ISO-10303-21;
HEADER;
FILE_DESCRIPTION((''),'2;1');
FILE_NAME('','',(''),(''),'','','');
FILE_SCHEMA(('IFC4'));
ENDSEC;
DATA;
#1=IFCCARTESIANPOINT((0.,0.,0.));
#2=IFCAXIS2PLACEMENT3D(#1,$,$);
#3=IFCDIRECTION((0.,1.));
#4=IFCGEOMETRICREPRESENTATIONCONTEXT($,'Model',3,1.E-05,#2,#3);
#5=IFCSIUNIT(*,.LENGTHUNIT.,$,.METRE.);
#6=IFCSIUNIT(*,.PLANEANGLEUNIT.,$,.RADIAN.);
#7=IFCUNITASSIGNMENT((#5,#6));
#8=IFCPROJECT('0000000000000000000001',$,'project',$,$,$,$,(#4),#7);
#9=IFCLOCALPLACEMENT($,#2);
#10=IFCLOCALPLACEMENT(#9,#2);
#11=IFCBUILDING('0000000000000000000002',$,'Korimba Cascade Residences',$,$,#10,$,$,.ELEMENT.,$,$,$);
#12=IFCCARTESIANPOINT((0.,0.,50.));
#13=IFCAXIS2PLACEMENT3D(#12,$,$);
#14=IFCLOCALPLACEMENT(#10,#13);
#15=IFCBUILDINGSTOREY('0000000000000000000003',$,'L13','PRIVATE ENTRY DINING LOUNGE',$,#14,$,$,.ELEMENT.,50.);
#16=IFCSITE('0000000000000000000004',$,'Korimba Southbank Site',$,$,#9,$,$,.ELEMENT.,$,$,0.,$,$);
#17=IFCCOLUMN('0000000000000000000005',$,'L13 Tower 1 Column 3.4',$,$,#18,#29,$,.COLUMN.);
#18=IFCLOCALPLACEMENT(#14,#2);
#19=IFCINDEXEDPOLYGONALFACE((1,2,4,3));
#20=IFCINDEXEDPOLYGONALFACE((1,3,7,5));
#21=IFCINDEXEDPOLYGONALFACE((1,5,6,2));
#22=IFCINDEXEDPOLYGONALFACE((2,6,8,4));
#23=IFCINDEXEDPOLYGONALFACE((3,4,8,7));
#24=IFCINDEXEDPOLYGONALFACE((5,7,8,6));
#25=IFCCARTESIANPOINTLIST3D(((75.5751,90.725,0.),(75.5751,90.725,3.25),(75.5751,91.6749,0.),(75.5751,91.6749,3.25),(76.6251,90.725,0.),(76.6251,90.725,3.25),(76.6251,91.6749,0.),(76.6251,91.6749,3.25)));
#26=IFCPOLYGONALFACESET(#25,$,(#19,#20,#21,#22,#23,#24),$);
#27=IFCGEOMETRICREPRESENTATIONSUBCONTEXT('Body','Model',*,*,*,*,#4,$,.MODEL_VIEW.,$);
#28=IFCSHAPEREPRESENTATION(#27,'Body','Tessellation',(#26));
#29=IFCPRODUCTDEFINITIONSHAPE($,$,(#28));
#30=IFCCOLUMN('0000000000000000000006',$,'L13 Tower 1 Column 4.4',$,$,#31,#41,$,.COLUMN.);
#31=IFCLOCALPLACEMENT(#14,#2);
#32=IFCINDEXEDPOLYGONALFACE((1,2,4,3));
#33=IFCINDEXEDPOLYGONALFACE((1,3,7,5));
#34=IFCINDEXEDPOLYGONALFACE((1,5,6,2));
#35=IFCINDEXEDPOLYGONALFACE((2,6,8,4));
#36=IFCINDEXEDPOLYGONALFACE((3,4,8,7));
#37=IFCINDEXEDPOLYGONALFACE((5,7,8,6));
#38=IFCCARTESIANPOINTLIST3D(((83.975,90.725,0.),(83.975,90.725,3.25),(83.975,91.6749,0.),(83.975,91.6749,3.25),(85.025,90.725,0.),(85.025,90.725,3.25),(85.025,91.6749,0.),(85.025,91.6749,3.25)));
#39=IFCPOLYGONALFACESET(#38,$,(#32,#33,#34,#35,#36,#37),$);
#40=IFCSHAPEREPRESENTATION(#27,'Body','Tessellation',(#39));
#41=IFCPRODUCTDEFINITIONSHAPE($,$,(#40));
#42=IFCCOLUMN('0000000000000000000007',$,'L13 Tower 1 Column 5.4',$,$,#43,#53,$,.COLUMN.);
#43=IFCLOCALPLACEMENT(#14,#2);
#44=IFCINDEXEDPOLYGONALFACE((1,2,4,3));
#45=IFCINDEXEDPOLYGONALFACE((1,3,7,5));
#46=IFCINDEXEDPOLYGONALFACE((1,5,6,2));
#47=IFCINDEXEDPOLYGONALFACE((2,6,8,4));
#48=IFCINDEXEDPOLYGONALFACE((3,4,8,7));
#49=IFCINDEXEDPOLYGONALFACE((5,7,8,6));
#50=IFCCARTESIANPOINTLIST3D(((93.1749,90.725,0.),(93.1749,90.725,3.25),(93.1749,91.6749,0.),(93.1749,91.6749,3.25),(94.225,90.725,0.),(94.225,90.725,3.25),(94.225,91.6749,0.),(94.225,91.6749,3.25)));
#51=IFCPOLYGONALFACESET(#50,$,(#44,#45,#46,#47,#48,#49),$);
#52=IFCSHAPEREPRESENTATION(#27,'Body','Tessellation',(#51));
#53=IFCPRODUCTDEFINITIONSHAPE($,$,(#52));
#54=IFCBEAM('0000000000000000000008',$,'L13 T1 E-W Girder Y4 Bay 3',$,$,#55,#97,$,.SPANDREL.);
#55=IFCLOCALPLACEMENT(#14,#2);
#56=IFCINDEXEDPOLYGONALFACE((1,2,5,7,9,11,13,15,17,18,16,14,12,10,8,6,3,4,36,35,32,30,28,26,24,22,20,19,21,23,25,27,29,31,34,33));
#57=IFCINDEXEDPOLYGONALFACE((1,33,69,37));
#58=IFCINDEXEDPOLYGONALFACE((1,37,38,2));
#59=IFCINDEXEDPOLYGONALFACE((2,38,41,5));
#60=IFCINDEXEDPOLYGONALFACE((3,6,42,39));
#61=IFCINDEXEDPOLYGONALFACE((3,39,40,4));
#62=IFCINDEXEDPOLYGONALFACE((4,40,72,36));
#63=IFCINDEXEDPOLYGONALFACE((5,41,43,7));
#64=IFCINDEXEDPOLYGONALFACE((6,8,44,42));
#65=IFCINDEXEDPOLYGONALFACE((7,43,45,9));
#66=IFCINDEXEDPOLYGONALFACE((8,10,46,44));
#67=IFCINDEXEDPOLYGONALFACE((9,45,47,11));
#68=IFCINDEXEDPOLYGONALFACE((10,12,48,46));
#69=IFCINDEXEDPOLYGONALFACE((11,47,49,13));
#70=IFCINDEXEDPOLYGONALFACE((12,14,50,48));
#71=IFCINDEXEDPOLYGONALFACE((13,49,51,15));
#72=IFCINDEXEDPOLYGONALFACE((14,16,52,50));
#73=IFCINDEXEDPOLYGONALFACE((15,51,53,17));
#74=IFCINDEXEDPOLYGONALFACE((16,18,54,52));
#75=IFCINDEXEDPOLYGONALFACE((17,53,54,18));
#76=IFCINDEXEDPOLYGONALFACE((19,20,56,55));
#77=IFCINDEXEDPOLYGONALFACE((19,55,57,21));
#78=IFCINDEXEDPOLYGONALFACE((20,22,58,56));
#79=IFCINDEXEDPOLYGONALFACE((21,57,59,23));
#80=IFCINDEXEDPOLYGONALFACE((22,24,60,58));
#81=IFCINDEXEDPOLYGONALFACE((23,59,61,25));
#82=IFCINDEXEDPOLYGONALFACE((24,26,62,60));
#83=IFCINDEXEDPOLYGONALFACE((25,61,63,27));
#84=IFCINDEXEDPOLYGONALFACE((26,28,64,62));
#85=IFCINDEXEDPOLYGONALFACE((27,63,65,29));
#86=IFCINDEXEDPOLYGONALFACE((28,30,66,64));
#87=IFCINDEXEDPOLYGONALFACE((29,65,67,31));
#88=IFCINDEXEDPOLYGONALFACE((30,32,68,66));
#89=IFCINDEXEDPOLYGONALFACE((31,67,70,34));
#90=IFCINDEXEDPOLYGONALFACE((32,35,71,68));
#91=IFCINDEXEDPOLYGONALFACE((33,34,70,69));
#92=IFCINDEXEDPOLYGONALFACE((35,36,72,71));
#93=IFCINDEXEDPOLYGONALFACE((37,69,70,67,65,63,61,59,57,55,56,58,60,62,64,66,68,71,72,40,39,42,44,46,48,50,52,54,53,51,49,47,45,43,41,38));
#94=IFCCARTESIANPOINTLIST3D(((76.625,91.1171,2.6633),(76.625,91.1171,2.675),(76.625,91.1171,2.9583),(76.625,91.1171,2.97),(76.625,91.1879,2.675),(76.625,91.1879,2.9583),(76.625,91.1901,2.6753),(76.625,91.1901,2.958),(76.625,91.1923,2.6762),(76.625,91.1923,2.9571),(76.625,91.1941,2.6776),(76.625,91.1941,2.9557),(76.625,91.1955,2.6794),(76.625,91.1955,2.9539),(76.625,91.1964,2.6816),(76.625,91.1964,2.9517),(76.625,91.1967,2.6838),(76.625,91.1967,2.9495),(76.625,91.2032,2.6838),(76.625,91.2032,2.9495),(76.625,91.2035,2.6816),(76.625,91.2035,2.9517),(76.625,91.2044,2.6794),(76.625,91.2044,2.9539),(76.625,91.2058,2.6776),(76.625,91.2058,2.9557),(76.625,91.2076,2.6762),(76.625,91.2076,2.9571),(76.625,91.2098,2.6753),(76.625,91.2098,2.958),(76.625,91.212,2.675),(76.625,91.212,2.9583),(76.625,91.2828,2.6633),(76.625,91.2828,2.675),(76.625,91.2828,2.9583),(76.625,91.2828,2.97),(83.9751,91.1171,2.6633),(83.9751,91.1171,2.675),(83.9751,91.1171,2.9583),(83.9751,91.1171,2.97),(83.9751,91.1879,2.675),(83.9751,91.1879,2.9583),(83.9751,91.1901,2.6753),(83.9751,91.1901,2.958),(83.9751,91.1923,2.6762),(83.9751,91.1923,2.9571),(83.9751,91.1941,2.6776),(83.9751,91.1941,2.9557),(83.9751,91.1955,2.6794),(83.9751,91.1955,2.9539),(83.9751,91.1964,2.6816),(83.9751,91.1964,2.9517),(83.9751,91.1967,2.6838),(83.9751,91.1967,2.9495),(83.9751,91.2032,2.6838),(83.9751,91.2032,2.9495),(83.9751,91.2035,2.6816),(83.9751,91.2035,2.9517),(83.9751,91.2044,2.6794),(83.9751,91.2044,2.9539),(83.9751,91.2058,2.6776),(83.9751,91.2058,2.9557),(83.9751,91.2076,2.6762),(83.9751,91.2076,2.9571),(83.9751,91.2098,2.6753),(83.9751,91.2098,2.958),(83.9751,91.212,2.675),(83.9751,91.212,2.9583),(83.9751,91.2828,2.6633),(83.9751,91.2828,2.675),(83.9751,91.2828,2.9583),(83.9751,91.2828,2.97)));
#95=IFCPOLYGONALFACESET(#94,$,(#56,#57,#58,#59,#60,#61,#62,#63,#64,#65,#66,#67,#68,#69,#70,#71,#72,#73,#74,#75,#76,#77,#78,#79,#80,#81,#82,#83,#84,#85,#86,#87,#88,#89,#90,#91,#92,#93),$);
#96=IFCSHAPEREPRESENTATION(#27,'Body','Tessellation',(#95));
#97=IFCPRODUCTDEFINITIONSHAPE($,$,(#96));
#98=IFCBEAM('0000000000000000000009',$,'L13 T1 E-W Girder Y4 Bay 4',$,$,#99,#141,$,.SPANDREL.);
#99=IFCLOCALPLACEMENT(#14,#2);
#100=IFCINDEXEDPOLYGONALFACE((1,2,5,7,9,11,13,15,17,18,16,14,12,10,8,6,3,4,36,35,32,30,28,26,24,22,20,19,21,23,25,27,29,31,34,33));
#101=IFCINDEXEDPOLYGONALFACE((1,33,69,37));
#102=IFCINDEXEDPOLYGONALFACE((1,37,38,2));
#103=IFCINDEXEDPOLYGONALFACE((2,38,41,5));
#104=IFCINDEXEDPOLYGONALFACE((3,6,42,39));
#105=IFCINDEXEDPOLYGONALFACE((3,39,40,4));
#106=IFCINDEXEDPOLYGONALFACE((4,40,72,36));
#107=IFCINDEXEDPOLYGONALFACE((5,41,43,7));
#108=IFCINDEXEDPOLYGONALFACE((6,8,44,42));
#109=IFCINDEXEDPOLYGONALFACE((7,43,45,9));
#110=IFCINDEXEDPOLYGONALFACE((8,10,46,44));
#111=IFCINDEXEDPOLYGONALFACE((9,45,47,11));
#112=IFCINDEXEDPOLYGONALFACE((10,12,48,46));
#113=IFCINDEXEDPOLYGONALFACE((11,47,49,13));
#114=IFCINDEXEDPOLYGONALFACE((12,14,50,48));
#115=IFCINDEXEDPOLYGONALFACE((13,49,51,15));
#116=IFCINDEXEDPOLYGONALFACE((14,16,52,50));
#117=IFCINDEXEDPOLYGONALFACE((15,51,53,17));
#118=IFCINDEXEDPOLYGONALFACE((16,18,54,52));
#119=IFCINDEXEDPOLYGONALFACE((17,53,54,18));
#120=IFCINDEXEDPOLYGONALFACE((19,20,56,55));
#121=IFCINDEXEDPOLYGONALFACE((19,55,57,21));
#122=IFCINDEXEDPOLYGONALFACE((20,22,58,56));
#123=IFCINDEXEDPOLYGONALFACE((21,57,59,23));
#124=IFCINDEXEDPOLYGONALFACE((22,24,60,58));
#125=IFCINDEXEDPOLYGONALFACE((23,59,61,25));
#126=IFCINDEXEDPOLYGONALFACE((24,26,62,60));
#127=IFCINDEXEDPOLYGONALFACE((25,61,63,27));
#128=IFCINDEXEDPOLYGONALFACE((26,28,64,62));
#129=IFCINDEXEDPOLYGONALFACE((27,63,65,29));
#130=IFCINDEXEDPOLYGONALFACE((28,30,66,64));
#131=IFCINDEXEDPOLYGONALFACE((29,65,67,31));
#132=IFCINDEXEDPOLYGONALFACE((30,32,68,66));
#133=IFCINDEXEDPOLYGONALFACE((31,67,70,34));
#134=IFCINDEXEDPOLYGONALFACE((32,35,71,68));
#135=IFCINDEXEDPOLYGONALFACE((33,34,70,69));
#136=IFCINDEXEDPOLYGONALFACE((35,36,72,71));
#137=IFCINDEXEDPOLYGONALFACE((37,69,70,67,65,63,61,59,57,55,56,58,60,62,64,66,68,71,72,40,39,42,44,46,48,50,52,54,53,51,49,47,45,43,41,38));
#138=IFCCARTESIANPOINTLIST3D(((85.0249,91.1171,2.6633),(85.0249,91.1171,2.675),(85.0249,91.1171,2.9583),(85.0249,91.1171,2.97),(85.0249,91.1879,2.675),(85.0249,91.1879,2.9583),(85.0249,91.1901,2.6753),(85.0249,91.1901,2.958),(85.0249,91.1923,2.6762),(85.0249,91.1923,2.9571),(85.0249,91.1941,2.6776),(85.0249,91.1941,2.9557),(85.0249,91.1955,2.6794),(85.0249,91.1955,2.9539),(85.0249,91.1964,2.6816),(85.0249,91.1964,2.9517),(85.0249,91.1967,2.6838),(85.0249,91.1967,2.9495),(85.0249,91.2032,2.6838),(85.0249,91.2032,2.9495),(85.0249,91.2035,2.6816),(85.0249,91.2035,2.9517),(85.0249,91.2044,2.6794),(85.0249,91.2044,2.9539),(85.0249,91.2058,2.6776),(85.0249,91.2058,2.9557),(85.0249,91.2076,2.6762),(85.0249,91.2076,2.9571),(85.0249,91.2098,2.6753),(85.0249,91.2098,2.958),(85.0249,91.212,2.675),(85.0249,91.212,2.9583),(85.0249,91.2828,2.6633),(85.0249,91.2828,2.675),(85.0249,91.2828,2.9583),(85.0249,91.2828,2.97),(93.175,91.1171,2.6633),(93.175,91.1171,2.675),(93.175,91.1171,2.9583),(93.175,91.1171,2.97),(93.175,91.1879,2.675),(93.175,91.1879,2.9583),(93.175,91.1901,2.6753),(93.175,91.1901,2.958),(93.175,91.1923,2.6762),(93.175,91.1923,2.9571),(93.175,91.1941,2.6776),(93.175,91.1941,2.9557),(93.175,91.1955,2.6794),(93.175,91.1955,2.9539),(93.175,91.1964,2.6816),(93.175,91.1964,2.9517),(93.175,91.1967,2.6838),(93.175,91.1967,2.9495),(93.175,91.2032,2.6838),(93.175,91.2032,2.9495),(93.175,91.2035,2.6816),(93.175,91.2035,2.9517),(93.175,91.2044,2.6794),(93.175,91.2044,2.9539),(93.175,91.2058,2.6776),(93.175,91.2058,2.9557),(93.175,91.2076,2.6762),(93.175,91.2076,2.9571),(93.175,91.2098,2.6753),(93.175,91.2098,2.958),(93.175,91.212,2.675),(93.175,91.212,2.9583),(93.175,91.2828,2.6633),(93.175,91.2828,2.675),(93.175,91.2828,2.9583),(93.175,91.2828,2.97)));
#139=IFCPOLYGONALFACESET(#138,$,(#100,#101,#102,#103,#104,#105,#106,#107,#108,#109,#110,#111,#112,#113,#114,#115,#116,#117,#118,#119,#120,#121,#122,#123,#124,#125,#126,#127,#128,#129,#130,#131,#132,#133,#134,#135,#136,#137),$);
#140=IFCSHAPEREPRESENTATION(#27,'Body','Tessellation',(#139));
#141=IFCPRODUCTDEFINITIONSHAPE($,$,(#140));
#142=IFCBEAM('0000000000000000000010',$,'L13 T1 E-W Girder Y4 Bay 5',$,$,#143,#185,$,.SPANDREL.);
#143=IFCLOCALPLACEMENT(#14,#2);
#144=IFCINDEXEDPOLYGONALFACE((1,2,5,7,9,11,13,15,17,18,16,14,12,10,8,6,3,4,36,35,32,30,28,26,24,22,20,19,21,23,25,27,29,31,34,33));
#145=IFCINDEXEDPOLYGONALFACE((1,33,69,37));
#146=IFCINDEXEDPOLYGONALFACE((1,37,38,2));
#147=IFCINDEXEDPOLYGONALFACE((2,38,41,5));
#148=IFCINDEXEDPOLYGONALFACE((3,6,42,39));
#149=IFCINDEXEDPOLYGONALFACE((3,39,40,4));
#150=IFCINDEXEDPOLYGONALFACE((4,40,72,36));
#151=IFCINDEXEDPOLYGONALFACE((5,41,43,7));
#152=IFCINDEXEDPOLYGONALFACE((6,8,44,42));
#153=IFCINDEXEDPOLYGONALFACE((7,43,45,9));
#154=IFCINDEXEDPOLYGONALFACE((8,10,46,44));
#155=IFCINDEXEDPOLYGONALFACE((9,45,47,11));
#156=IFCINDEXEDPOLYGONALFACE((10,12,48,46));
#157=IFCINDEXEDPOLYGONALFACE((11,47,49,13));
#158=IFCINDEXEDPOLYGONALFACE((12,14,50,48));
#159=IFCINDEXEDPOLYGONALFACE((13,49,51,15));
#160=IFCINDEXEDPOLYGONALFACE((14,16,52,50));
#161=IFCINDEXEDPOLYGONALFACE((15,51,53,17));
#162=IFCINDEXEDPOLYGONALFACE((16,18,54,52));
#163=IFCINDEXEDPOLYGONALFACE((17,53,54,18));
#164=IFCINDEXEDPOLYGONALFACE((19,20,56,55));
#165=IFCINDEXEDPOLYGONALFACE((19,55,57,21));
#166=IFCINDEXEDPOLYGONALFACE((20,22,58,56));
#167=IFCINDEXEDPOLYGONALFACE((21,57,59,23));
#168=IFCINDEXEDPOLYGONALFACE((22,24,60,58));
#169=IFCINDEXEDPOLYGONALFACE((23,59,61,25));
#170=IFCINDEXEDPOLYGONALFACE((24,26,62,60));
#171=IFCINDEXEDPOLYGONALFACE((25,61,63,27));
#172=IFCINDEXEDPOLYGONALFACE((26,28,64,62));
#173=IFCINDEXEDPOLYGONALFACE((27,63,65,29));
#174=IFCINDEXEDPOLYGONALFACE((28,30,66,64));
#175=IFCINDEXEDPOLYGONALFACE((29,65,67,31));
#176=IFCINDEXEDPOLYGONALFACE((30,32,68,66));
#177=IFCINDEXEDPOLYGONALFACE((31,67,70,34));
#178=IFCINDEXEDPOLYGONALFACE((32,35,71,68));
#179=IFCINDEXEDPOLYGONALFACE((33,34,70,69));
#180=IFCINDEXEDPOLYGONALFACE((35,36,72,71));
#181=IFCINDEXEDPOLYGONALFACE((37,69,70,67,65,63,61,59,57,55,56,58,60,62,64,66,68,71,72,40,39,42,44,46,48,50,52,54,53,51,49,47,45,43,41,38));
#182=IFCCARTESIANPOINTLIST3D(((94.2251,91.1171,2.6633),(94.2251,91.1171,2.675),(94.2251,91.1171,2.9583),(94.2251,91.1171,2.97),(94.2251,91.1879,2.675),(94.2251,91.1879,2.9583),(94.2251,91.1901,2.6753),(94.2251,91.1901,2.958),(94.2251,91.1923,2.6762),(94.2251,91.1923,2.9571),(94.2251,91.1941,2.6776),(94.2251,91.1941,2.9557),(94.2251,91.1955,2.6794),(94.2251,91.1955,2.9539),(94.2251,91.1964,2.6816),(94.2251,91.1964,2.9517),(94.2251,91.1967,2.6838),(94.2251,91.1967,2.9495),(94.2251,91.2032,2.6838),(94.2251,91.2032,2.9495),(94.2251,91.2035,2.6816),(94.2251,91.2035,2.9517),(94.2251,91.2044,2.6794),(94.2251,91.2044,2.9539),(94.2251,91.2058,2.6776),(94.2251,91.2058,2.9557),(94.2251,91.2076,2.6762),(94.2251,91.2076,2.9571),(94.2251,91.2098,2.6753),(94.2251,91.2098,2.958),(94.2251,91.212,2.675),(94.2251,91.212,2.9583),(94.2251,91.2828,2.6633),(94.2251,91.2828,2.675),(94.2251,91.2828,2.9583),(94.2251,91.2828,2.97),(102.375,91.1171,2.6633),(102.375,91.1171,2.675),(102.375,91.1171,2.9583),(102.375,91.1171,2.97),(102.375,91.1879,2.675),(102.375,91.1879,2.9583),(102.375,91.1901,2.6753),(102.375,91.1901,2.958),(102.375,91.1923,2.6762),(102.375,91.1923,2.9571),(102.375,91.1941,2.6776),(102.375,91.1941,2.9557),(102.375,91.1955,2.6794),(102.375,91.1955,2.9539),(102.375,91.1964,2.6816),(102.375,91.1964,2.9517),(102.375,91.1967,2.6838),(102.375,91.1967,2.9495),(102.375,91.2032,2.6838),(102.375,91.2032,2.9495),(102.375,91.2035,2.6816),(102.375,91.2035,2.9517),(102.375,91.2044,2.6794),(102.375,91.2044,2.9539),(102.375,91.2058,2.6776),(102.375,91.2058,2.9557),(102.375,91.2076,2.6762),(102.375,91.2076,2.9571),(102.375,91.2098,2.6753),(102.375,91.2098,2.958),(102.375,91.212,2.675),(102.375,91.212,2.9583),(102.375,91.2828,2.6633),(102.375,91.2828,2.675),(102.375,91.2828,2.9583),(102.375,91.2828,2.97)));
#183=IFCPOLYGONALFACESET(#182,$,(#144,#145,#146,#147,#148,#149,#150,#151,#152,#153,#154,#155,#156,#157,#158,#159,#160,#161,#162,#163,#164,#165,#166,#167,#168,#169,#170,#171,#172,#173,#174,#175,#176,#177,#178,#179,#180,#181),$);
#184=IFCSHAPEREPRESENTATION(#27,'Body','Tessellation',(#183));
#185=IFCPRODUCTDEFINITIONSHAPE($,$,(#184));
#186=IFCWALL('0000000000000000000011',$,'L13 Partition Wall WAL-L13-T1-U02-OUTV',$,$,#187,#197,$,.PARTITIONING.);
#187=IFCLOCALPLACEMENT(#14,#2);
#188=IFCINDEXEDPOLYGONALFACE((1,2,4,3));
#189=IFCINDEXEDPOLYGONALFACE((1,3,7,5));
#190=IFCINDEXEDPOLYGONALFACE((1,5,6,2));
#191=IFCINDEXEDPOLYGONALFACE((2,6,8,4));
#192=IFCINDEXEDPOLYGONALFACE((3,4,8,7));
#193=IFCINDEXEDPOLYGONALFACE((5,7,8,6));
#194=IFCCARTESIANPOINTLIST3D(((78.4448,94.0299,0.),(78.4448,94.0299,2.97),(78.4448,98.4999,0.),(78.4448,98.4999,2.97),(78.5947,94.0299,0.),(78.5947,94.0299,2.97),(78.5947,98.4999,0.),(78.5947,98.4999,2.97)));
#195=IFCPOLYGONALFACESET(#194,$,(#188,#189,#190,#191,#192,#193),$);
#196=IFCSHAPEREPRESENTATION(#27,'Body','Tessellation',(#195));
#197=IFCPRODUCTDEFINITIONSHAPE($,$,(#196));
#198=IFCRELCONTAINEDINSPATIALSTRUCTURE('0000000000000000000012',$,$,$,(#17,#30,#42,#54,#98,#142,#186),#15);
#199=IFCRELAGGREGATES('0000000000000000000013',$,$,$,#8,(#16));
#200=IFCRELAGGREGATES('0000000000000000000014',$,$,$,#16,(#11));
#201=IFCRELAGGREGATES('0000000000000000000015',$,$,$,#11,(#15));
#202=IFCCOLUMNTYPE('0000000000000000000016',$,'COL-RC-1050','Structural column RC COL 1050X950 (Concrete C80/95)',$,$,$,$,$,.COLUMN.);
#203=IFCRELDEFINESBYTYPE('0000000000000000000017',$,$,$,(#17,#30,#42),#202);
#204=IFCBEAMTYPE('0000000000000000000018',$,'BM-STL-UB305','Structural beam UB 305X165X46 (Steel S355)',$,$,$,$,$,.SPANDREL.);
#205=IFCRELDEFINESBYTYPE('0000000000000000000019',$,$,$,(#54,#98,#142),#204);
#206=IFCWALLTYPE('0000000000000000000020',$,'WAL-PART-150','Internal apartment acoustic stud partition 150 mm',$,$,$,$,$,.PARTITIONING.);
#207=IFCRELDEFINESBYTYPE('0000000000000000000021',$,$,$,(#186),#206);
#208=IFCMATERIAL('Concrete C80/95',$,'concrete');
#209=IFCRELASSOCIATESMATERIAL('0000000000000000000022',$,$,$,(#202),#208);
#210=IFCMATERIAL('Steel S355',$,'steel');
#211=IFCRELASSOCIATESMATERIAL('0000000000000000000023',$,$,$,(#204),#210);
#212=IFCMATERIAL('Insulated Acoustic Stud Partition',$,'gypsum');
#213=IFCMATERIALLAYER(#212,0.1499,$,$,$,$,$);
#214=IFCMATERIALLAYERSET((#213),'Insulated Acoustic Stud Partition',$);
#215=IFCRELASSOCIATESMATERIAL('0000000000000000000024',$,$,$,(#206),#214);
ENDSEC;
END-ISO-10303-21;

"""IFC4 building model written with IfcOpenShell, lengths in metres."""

from ifc_helpers import new_model, si_unit, direction, frame, frame_2d, origin, origin_2d, place, context, subcontext, project, spatial, rectangle, i_section, extrude, material, layer, layer_set, material_profile, profile_set, type_object, element, save


model = new_model("IFC4")

# Units and contexts
model_context = context("Model", 3, precision=1e-05, world=origin(), true_north=direction((0.0, 1.0)))
body_context = subcontext(model_context, "Body", "Model", "MODEL_VIEW")
ifc_project = project(units=[si_unit("LENGTHUNIT", "METRE"), si_unit("PLANEANGLEUNIT", "RADIAN")], contexts=[model_context])

# Site, building, storey
site_placement = place(None, origin())
site = spatial("IfcSite", under=ifc_project, at=site_placement, Name="Korimba Southbank Site", CompositionType="ELEMENT", RefElevation=0.0)
building_placement = place(site_placement, origin())
building = spatial("IfcBuilding", under=site, at=building_placement, Name="Korimba Cascade Residences", CompositionType="ELEMENT")
storey_placement = place(building_placement, frame((0.0, 0.0, 50.0)))
storey = spatial("IfcBuildingStorey", under=building, at=storey_placement, Name="L13", Description="PRIVATE ENTRY DINING LOUNGE", CompositionType="ELEMENT", Elevation=50.0)

# Columns
ifc_material_1 = material(Name="Concrete C80/95", Category="concrete")
ifc_material_profile_1 = material_profile(ifc_material_1, rectangle(XDim=1.05, YDim=0.95, at=origin_2d()), Name="Concrete C80/95")
ifc_profile_set_1 = profile_set([ifc_material_profile_1], Name="Concrete C80/95")
column_type = type_object("IfcColumnType", Name="COL-RC-1050", Description="Structural column RC COL 1050X950 (Concrete C80/95)", PredefinedType="COLUMN", material=ifc_profile_set_1)
for number, where, z_axis, x_axis, name in (
    (1, (76.1001, 91.2, 0.0), (0.0, 0.0, 1.0), (1.0, 0.0, 0.0), "L13 Tower 1 Column 3.4"),
    (2, (84.5, 91.2, 0.0), (0.0, 0.0, 1.0), (1.0, 0.0, 0.0), "L13 Tower 1 Column 4.4"),
    (3, (93.7, 91.2, 0.0), (0.0, 0.0, 1.0), (1.0, 0.0, 0.0), "L13 Tower 1 Column 5.4"),
):
    element("IfcColumn", number, at=place(storey_placement, frame(where, z_axis=z_axis, x_axis=x_axis)), inside=storey, type_object=column_type, Name=name, PredefinedType="COLUMN", context=body_context, shape_type="SweptSolid", body=[
        extrude(rectangle(XDim=1.05, YDim=0.95, at=origin_2d()), origin(), (0.0, 0.0, 1.0), 3.25),
    ])

# Beams
ifc_material_2 = material(Name="Steel S355", Category="steel")
ifc_material_profile_2 = material_profile(ifc_material_2, i_section(OverallWidth=0.1658, OverallDepth=0.3066, WebThickness=0.0066, FlangeThickness=0.0117, FilletRadius=0.0088, at=origin_2d()), Name="Steel S355")
ifc_profile_set_2 = profile_set([ifc_material_profile_2], Name="Steel S355")
beam_type = type_object("IfcBeamType", Name="BM-STL-UB305", Description="Structural beam UB 305X165X46 (Steel S355)", PredefinedType="SPANDREL", material=ifc_profile_set_2)
beam_1_placement = place(storey_placement, frame((76.625, 91.2, 2.8167), z_axis=(1.0, 0.0, 0.0), x_axis=(0.0, 1.0, 0.0)))
element("IfcBeam", 4, at=beam_1_placement, inside=storey, type_object=beam_type, Name="L13 T1 E-W Girder Y4 Bay 3", PredefinedType="SPANDREL", context=body_context, shape_type="SweptSolid", body=[
    extrude(i_section(OverallWidth=0.1658, OverallDepth=0.3066, WebThickness=0.0066, FlangeThickness=0.0117, FilletRadius=0.0088, at=origin_2d()), origin(), (0.0, 0.0, 1.0), 7.3501),
])
beam_2_placement = place(storey_placement, frame((85.0249, 91.2, 2.8167), z_axis=(1.0, 0.0, 0.0), x_axis=(0.0, 1.0, 0.0)))
element("IfcBeam", 5, at=beam_2_placement, inside=storey, type_object=beam_type, Name="L13 T1 E-W Girder Y4 Bay 4", PredefinedType="SPANDREL", context=body_context, shape_type="SweptSolid", body=[
    extrude(i_section(OverallWidth=0.1658, OverallDepth=0.3066, WebThickness=0.0066, FlangeThickness=0.0117, FilletRadius=0.0088, at=origin_2d()), origin(), (0.0, 0.0, 1.0), 8.1501),
])
beam_3_placement = place(storey_placement, frame((94.2251, 91.2, 2.8167), z_axis=(1.0, 0.0, 0.0), x_axis=(0.0, 1.0, 0.0)))
element("IfcBeam", 6, at=beam_3_placement, inside=storey, type_object=beam_type, Name="L13 T1 E-W Girder Y4 Bay 5", PredefinedType="SPANDREL", context=body_context, shape_type="SweptSolid", body=[
    extrude(i_section(OverallWidth=0.1658, OverallDepth=0.3066, WebThickness=0.0066, FlangeThickness=0.0117, FilletRadius=0.0088, at=origin_2d()), origin(), (0.0, 0.0, 1.0), 8.1499),
])

# Wall
ifc_material_3 = material(Name="Insulated Acoustic Stud Partition", Category="gypsum")
ifc_layer = layer(ifc_material_3, 0.1499)
ifc_layer_set = layer_set([ifc_layer], Name="Insulated Acoustic Stud Partition")
wall_type = type_object("IfcWallType", Name="WAL-PART-150", Description="Internal apartment acoustic stud partition 150 mm", PredefinedType="PARTITIONING", material=ifc_layer_set)
wall_1_placement = place(storey_placement, frame((78.5198, 94.03, 0.0), z_axis=(0.0, 0.0, 1.0), x_axis=(0.0, 1.0, 0.0)))
element("IfcWall", 7, at=wall_1_placement, inside=storey, type_object=wall_type, Name="L13 Partition Wall WAL-L13-T1-U02-OUTV", PredefinedType="PARTITIONING", context=body_context, shape_type="SweptSolid", body=[
    extrude(rectangle(XDim=4.47, YDim=0.1499, at=frame_2d((2.2349, 0.0))), origin(), (0.0, 0.0, 1.0), 2.97),
])

save(model, "model.ifc")
